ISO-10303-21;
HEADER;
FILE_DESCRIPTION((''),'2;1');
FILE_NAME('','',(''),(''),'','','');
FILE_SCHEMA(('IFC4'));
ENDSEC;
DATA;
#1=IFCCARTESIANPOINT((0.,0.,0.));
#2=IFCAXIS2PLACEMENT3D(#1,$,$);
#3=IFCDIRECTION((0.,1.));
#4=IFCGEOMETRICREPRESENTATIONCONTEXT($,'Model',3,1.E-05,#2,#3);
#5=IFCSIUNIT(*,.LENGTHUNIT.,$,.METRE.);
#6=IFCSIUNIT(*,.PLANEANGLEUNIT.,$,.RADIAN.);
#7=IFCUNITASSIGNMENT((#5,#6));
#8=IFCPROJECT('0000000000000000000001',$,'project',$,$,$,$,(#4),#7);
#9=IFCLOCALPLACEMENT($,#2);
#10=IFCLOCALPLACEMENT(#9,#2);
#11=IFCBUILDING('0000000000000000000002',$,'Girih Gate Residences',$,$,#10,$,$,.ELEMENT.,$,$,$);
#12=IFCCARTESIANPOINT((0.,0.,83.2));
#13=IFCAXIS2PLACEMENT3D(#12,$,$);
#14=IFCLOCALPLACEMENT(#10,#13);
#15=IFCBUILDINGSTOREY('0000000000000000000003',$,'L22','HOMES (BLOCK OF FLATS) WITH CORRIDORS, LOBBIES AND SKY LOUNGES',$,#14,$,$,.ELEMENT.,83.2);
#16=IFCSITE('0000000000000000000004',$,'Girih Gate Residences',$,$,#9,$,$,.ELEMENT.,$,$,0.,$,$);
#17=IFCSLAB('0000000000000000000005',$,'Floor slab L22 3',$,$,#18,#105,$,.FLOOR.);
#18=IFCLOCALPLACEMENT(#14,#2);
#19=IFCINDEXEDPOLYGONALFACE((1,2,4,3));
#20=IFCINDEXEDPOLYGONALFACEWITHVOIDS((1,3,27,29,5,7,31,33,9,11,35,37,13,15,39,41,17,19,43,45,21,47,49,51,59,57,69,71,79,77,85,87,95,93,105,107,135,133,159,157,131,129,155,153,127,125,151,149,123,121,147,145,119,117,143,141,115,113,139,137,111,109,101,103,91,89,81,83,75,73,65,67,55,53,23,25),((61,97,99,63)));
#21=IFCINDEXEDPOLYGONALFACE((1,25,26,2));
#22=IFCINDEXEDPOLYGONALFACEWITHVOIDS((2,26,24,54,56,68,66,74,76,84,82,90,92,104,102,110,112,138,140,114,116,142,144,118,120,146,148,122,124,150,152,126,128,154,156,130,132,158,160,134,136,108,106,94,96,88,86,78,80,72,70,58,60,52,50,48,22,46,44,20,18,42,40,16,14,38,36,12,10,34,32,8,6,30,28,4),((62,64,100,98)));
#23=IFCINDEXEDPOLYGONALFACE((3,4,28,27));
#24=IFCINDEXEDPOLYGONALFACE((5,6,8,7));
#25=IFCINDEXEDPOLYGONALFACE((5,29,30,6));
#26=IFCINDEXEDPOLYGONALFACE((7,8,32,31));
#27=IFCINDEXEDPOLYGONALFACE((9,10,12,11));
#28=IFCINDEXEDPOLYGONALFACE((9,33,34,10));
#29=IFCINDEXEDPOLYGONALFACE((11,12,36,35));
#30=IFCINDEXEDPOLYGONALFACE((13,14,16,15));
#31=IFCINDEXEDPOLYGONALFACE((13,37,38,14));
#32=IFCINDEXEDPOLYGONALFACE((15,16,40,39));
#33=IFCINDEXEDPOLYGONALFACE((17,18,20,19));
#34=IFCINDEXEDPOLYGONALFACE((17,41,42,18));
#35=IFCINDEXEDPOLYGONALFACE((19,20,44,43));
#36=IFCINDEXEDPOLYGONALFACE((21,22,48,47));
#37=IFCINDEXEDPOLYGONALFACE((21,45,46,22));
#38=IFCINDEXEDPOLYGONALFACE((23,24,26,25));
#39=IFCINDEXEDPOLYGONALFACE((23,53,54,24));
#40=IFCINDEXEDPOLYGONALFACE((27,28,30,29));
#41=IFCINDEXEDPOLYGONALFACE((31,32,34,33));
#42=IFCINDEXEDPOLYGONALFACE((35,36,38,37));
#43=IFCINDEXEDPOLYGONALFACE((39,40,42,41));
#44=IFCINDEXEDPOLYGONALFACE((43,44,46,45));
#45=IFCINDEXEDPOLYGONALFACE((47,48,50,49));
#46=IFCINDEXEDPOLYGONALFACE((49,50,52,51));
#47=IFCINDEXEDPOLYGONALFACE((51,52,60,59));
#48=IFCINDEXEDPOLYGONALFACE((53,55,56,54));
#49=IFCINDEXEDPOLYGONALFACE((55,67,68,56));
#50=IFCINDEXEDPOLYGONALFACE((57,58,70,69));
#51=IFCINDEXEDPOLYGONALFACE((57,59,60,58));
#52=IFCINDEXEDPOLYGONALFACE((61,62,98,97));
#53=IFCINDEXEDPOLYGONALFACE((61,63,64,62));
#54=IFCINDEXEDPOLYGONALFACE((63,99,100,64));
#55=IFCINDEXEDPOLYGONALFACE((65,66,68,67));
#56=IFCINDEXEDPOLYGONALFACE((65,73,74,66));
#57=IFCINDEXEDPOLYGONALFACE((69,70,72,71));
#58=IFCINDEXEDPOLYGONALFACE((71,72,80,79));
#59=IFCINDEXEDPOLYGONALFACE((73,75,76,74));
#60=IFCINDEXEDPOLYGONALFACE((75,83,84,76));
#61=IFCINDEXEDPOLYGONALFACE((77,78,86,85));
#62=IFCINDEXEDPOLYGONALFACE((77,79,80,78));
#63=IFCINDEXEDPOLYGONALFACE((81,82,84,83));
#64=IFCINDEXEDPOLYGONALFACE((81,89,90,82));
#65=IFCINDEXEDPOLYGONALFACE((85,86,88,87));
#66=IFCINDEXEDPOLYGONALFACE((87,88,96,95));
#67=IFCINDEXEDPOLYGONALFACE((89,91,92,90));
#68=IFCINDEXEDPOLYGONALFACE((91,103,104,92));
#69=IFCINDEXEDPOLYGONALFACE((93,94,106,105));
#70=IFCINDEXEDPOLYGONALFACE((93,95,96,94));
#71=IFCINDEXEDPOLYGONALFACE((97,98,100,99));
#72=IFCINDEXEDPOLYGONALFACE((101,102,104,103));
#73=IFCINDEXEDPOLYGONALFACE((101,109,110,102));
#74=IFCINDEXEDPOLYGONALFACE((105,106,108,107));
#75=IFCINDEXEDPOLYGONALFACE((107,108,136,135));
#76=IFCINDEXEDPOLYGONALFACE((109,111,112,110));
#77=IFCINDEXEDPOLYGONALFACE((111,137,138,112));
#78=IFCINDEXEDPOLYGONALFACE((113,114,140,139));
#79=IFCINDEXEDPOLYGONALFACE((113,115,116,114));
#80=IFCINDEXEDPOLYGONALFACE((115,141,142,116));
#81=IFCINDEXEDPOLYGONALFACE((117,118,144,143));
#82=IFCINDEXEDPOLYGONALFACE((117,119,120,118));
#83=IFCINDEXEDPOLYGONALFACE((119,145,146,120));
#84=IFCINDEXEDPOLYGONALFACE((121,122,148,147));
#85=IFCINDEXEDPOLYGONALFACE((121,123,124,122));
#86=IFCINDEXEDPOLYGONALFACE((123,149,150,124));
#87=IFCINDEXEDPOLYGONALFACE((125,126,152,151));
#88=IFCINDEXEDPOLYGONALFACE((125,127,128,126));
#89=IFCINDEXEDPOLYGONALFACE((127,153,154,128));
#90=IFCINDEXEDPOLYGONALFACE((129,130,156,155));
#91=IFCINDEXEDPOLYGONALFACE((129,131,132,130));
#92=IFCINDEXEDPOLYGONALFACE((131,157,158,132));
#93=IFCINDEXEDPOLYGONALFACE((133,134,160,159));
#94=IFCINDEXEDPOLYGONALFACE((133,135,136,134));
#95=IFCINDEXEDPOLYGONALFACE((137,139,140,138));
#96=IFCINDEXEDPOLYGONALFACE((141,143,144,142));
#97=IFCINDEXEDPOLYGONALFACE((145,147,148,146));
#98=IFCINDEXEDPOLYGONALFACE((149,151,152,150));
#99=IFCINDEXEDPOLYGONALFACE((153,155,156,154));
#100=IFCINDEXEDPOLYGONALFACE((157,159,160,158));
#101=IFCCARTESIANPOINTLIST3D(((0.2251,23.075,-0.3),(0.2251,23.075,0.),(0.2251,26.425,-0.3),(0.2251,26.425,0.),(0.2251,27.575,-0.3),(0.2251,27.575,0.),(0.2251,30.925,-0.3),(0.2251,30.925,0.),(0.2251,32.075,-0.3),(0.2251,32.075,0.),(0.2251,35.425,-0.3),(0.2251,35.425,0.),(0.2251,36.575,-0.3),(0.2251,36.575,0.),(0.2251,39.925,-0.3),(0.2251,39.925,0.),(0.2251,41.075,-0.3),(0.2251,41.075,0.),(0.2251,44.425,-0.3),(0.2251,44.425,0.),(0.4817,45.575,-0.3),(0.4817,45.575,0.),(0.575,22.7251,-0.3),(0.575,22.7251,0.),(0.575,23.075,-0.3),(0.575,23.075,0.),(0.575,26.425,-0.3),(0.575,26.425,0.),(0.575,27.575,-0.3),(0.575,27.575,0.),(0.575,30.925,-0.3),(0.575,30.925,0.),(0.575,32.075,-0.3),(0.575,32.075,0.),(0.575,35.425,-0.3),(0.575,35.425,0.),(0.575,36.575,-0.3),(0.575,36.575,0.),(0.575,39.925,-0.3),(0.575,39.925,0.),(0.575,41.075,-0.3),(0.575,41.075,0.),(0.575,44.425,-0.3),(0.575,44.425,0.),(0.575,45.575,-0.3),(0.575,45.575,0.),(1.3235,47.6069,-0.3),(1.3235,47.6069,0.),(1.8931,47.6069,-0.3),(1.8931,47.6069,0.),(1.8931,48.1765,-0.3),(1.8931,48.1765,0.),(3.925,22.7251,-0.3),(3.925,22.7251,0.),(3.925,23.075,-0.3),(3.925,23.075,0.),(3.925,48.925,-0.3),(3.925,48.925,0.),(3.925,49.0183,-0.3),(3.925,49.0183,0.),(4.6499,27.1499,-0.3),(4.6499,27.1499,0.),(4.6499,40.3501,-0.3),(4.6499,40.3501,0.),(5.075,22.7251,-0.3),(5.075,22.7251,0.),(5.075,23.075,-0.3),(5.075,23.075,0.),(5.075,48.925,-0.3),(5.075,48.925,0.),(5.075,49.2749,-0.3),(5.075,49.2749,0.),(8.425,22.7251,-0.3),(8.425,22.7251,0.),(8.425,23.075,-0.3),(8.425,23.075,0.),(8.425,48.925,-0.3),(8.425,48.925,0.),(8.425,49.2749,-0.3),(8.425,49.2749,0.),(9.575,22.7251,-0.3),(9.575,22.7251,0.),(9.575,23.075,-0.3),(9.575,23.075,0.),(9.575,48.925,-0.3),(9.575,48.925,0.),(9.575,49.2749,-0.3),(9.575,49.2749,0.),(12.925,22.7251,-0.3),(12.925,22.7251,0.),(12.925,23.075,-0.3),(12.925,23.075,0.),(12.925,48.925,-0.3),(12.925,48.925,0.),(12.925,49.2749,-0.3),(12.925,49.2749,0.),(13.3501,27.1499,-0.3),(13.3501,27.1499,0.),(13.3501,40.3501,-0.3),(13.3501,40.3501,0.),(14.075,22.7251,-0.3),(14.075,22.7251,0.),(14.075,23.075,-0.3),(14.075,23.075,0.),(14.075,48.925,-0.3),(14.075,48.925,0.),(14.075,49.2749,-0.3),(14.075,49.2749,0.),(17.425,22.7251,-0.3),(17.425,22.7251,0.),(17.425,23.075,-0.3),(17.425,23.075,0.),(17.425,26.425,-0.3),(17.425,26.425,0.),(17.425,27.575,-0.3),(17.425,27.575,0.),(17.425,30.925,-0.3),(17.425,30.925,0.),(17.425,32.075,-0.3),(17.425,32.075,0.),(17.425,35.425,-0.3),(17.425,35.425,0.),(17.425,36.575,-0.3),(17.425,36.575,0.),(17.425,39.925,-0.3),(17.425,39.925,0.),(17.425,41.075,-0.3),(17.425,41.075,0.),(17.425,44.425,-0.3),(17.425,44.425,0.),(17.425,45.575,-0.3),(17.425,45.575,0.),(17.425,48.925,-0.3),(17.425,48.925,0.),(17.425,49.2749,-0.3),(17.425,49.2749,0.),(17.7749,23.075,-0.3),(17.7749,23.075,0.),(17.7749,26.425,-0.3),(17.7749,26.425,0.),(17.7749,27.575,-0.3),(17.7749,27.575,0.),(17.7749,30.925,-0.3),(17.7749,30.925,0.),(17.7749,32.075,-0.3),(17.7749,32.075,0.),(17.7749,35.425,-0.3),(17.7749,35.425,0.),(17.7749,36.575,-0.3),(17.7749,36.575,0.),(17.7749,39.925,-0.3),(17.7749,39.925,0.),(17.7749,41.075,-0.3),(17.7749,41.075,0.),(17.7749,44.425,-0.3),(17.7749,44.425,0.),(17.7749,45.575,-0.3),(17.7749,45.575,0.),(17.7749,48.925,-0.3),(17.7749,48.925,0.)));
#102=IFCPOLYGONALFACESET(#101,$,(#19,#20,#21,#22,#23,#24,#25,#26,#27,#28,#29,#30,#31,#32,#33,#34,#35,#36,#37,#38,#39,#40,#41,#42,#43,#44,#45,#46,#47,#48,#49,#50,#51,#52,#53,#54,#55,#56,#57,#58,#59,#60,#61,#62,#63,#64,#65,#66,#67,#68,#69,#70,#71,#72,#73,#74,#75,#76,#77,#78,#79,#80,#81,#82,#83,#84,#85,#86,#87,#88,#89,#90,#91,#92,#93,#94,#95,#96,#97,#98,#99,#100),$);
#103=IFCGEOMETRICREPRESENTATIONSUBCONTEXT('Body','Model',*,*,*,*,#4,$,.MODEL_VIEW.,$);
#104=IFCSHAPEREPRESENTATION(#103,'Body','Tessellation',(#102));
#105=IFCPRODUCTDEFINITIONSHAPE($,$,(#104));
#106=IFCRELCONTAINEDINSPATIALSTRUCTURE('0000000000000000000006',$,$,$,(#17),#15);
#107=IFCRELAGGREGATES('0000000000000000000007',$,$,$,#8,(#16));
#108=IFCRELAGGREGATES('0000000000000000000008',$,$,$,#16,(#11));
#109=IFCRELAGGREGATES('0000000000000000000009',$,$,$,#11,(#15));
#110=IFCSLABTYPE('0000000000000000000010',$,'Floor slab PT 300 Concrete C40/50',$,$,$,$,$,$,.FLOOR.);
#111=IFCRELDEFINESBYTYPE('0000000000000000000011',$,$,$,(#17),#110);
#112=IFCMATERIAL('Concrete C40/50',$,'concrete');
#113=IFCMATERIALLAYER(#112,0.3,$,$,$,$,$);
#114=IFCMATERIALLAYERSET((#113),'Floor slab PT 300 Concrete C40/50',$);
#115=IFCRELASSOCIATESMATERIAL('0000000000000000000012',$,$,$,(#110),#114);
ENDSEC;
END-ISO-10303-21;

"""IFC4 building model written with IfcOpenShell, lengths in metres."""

from ifc_helpers import new_model, si_unit, direction, frame, origin, place, context, subcontext, project, spatial, polyline, outline, extrude, material, layer, layer_set, type_object, element, save


model = new_model("IFC4")

# Units and contexts
model_context = context("Model", 3, precision=1e-05, world=origin(), true_north=direction((0.0, 1.0)))
body_context = subcontext(model_context, "Body", "Model", "MODEL_VIEW")
ifc_project = project(units=[si_unit("LENGTHUNIT", "METRE"), si_unit("PLANEANGLEUNIT", "RADIAN")], contexts=[model_context])

# Site, building, storey
site_placement = place(None, origin())
site = spatial("IfcSite", under=ifc_project, at=site_placement, Name="Girih Gate Residences", CompositionType="ELEMENT", RefElevation=0.0)
building_placement = place(site_placement, origin())
building = spatial("IfcBuilding", under=site, at=building_placement, Name="Girih Gate Residences", CompositionType="ELEMENT")
storey_placement = place(building_placement, frame((0.0, 0.0, 83.2)))
storey = spatial("IfcBuildingStorey", under=building, at=storey_placement, Name="L22", Description="HOMES (BLOCK OF FLATS) WITH CORRIDORS, LOBBIES AND SKY LOUNGES", CompositionType="ELEMENT", Elevation=83.2)

# Slab
ifc_material_1 = material(Name="Concrete C40/50", Category="concrete")
ifc_layer_1 = layer(ifc_material_1, 0.3)
ifc_layer_set_1 = layer_set([ifc_layer_1], Name="Floor slab PT 300 Concrete C40/50")
slab_type_1 = type_object("IfcSlabType", Name="Floor slab PT 300 Concrete C40/50", PredefinedType="FLOOR", material=ifc_layer_set_1)
slab_1_placement = place(storey_placement, frame((0.0, 0.0, -0.3)))
element("IfcSlab", 1, at=slab_1_placement, inside=storey, type_object=slab_type_1, Name="Floor slab L22 3", PredefinedType="FLOOR", context=body_context, shape_type="SweptSolid", body=[
    extrude(outline(polyline([(0.2251, 26.425), (0.2251, 23.075), (0.575, 23.075), (0.575, 22.7251), (3.925, 22.7251), (3.925, 23.075), (5.075, 23.075), (5.075, 22.7251), (8.425, 22.7251), (8.425, 23.075), (9.575, 23.075), (9.575, 22.7251), (12.925, 22.7251), (12.925, 23.075), (14.075, 23.075), (14.075, 22.7251), (17.425, 22.7251), (17.425, 23.075), (17.7749, 23.075), (17.7749, 26.425), (17.425, 26.425), (17.425, 27.575), (17.7749, 27.575), (17.7749, 30.925), (17.425, 30.925), (17.425, 32.075), (17.7749, 32.075), (17.7749, 35.425), (17.425, 35.425), (17.425, 36.575), (17.7749, 36.575), (17.7749, 39.925), (17.425, 39.925), (17.425, 41.075), (17.7749, 41.075), (17.7749, 44.425), (17.425, 44.425), (17.425, 45.575), (17.7749, 45.575), (17.7749, 48.925), (17.425, 48.925), (17.425, 49.2749), (14.075, 49.2749), (14.075, 48.925), (12.925, 48.925), (12.925, 49.2749), (9.575, 49.2749), (9.575, 48.925), (8.425, 48.925), (8.425, 49.2749), (5.075, 49.2749), (5.075, 48.925), (3.925, 48.925), (3.925, 49.0183), (1.8931, 48.1765), (1.8931, 47.6069), (1.3235, 47.6069), (0.4817, 45.575), (0.575, 45.575), (0.575, 44.425), (0.2251, 44.425), (0.2251, 41.075), (0.575, 41.075), (0.575, 39.925), (0.2251, 39.925), (0.2251, 36.575), (0.575, 36.575), (0.575, 35.425), (0.2251, 35.425), (0.2251, 32.075), (0.575, 32.075), (0.575, 30.925), (0.2251, 30.925), (0.2251, 27.575), (0.575, 27.575), (0.575, 26.425), (0.2251, 26.425)]), holes=[polyline([(13.3501, 40.3501), (13.3501, 27.1499), (4.6499, 27.1499), (4.6499, 40.3501), (13.3501, 40.3501)])]), origin(), (0.0, 0.0, 1.0), 0.3),
])

save(model, "model.ifc")
